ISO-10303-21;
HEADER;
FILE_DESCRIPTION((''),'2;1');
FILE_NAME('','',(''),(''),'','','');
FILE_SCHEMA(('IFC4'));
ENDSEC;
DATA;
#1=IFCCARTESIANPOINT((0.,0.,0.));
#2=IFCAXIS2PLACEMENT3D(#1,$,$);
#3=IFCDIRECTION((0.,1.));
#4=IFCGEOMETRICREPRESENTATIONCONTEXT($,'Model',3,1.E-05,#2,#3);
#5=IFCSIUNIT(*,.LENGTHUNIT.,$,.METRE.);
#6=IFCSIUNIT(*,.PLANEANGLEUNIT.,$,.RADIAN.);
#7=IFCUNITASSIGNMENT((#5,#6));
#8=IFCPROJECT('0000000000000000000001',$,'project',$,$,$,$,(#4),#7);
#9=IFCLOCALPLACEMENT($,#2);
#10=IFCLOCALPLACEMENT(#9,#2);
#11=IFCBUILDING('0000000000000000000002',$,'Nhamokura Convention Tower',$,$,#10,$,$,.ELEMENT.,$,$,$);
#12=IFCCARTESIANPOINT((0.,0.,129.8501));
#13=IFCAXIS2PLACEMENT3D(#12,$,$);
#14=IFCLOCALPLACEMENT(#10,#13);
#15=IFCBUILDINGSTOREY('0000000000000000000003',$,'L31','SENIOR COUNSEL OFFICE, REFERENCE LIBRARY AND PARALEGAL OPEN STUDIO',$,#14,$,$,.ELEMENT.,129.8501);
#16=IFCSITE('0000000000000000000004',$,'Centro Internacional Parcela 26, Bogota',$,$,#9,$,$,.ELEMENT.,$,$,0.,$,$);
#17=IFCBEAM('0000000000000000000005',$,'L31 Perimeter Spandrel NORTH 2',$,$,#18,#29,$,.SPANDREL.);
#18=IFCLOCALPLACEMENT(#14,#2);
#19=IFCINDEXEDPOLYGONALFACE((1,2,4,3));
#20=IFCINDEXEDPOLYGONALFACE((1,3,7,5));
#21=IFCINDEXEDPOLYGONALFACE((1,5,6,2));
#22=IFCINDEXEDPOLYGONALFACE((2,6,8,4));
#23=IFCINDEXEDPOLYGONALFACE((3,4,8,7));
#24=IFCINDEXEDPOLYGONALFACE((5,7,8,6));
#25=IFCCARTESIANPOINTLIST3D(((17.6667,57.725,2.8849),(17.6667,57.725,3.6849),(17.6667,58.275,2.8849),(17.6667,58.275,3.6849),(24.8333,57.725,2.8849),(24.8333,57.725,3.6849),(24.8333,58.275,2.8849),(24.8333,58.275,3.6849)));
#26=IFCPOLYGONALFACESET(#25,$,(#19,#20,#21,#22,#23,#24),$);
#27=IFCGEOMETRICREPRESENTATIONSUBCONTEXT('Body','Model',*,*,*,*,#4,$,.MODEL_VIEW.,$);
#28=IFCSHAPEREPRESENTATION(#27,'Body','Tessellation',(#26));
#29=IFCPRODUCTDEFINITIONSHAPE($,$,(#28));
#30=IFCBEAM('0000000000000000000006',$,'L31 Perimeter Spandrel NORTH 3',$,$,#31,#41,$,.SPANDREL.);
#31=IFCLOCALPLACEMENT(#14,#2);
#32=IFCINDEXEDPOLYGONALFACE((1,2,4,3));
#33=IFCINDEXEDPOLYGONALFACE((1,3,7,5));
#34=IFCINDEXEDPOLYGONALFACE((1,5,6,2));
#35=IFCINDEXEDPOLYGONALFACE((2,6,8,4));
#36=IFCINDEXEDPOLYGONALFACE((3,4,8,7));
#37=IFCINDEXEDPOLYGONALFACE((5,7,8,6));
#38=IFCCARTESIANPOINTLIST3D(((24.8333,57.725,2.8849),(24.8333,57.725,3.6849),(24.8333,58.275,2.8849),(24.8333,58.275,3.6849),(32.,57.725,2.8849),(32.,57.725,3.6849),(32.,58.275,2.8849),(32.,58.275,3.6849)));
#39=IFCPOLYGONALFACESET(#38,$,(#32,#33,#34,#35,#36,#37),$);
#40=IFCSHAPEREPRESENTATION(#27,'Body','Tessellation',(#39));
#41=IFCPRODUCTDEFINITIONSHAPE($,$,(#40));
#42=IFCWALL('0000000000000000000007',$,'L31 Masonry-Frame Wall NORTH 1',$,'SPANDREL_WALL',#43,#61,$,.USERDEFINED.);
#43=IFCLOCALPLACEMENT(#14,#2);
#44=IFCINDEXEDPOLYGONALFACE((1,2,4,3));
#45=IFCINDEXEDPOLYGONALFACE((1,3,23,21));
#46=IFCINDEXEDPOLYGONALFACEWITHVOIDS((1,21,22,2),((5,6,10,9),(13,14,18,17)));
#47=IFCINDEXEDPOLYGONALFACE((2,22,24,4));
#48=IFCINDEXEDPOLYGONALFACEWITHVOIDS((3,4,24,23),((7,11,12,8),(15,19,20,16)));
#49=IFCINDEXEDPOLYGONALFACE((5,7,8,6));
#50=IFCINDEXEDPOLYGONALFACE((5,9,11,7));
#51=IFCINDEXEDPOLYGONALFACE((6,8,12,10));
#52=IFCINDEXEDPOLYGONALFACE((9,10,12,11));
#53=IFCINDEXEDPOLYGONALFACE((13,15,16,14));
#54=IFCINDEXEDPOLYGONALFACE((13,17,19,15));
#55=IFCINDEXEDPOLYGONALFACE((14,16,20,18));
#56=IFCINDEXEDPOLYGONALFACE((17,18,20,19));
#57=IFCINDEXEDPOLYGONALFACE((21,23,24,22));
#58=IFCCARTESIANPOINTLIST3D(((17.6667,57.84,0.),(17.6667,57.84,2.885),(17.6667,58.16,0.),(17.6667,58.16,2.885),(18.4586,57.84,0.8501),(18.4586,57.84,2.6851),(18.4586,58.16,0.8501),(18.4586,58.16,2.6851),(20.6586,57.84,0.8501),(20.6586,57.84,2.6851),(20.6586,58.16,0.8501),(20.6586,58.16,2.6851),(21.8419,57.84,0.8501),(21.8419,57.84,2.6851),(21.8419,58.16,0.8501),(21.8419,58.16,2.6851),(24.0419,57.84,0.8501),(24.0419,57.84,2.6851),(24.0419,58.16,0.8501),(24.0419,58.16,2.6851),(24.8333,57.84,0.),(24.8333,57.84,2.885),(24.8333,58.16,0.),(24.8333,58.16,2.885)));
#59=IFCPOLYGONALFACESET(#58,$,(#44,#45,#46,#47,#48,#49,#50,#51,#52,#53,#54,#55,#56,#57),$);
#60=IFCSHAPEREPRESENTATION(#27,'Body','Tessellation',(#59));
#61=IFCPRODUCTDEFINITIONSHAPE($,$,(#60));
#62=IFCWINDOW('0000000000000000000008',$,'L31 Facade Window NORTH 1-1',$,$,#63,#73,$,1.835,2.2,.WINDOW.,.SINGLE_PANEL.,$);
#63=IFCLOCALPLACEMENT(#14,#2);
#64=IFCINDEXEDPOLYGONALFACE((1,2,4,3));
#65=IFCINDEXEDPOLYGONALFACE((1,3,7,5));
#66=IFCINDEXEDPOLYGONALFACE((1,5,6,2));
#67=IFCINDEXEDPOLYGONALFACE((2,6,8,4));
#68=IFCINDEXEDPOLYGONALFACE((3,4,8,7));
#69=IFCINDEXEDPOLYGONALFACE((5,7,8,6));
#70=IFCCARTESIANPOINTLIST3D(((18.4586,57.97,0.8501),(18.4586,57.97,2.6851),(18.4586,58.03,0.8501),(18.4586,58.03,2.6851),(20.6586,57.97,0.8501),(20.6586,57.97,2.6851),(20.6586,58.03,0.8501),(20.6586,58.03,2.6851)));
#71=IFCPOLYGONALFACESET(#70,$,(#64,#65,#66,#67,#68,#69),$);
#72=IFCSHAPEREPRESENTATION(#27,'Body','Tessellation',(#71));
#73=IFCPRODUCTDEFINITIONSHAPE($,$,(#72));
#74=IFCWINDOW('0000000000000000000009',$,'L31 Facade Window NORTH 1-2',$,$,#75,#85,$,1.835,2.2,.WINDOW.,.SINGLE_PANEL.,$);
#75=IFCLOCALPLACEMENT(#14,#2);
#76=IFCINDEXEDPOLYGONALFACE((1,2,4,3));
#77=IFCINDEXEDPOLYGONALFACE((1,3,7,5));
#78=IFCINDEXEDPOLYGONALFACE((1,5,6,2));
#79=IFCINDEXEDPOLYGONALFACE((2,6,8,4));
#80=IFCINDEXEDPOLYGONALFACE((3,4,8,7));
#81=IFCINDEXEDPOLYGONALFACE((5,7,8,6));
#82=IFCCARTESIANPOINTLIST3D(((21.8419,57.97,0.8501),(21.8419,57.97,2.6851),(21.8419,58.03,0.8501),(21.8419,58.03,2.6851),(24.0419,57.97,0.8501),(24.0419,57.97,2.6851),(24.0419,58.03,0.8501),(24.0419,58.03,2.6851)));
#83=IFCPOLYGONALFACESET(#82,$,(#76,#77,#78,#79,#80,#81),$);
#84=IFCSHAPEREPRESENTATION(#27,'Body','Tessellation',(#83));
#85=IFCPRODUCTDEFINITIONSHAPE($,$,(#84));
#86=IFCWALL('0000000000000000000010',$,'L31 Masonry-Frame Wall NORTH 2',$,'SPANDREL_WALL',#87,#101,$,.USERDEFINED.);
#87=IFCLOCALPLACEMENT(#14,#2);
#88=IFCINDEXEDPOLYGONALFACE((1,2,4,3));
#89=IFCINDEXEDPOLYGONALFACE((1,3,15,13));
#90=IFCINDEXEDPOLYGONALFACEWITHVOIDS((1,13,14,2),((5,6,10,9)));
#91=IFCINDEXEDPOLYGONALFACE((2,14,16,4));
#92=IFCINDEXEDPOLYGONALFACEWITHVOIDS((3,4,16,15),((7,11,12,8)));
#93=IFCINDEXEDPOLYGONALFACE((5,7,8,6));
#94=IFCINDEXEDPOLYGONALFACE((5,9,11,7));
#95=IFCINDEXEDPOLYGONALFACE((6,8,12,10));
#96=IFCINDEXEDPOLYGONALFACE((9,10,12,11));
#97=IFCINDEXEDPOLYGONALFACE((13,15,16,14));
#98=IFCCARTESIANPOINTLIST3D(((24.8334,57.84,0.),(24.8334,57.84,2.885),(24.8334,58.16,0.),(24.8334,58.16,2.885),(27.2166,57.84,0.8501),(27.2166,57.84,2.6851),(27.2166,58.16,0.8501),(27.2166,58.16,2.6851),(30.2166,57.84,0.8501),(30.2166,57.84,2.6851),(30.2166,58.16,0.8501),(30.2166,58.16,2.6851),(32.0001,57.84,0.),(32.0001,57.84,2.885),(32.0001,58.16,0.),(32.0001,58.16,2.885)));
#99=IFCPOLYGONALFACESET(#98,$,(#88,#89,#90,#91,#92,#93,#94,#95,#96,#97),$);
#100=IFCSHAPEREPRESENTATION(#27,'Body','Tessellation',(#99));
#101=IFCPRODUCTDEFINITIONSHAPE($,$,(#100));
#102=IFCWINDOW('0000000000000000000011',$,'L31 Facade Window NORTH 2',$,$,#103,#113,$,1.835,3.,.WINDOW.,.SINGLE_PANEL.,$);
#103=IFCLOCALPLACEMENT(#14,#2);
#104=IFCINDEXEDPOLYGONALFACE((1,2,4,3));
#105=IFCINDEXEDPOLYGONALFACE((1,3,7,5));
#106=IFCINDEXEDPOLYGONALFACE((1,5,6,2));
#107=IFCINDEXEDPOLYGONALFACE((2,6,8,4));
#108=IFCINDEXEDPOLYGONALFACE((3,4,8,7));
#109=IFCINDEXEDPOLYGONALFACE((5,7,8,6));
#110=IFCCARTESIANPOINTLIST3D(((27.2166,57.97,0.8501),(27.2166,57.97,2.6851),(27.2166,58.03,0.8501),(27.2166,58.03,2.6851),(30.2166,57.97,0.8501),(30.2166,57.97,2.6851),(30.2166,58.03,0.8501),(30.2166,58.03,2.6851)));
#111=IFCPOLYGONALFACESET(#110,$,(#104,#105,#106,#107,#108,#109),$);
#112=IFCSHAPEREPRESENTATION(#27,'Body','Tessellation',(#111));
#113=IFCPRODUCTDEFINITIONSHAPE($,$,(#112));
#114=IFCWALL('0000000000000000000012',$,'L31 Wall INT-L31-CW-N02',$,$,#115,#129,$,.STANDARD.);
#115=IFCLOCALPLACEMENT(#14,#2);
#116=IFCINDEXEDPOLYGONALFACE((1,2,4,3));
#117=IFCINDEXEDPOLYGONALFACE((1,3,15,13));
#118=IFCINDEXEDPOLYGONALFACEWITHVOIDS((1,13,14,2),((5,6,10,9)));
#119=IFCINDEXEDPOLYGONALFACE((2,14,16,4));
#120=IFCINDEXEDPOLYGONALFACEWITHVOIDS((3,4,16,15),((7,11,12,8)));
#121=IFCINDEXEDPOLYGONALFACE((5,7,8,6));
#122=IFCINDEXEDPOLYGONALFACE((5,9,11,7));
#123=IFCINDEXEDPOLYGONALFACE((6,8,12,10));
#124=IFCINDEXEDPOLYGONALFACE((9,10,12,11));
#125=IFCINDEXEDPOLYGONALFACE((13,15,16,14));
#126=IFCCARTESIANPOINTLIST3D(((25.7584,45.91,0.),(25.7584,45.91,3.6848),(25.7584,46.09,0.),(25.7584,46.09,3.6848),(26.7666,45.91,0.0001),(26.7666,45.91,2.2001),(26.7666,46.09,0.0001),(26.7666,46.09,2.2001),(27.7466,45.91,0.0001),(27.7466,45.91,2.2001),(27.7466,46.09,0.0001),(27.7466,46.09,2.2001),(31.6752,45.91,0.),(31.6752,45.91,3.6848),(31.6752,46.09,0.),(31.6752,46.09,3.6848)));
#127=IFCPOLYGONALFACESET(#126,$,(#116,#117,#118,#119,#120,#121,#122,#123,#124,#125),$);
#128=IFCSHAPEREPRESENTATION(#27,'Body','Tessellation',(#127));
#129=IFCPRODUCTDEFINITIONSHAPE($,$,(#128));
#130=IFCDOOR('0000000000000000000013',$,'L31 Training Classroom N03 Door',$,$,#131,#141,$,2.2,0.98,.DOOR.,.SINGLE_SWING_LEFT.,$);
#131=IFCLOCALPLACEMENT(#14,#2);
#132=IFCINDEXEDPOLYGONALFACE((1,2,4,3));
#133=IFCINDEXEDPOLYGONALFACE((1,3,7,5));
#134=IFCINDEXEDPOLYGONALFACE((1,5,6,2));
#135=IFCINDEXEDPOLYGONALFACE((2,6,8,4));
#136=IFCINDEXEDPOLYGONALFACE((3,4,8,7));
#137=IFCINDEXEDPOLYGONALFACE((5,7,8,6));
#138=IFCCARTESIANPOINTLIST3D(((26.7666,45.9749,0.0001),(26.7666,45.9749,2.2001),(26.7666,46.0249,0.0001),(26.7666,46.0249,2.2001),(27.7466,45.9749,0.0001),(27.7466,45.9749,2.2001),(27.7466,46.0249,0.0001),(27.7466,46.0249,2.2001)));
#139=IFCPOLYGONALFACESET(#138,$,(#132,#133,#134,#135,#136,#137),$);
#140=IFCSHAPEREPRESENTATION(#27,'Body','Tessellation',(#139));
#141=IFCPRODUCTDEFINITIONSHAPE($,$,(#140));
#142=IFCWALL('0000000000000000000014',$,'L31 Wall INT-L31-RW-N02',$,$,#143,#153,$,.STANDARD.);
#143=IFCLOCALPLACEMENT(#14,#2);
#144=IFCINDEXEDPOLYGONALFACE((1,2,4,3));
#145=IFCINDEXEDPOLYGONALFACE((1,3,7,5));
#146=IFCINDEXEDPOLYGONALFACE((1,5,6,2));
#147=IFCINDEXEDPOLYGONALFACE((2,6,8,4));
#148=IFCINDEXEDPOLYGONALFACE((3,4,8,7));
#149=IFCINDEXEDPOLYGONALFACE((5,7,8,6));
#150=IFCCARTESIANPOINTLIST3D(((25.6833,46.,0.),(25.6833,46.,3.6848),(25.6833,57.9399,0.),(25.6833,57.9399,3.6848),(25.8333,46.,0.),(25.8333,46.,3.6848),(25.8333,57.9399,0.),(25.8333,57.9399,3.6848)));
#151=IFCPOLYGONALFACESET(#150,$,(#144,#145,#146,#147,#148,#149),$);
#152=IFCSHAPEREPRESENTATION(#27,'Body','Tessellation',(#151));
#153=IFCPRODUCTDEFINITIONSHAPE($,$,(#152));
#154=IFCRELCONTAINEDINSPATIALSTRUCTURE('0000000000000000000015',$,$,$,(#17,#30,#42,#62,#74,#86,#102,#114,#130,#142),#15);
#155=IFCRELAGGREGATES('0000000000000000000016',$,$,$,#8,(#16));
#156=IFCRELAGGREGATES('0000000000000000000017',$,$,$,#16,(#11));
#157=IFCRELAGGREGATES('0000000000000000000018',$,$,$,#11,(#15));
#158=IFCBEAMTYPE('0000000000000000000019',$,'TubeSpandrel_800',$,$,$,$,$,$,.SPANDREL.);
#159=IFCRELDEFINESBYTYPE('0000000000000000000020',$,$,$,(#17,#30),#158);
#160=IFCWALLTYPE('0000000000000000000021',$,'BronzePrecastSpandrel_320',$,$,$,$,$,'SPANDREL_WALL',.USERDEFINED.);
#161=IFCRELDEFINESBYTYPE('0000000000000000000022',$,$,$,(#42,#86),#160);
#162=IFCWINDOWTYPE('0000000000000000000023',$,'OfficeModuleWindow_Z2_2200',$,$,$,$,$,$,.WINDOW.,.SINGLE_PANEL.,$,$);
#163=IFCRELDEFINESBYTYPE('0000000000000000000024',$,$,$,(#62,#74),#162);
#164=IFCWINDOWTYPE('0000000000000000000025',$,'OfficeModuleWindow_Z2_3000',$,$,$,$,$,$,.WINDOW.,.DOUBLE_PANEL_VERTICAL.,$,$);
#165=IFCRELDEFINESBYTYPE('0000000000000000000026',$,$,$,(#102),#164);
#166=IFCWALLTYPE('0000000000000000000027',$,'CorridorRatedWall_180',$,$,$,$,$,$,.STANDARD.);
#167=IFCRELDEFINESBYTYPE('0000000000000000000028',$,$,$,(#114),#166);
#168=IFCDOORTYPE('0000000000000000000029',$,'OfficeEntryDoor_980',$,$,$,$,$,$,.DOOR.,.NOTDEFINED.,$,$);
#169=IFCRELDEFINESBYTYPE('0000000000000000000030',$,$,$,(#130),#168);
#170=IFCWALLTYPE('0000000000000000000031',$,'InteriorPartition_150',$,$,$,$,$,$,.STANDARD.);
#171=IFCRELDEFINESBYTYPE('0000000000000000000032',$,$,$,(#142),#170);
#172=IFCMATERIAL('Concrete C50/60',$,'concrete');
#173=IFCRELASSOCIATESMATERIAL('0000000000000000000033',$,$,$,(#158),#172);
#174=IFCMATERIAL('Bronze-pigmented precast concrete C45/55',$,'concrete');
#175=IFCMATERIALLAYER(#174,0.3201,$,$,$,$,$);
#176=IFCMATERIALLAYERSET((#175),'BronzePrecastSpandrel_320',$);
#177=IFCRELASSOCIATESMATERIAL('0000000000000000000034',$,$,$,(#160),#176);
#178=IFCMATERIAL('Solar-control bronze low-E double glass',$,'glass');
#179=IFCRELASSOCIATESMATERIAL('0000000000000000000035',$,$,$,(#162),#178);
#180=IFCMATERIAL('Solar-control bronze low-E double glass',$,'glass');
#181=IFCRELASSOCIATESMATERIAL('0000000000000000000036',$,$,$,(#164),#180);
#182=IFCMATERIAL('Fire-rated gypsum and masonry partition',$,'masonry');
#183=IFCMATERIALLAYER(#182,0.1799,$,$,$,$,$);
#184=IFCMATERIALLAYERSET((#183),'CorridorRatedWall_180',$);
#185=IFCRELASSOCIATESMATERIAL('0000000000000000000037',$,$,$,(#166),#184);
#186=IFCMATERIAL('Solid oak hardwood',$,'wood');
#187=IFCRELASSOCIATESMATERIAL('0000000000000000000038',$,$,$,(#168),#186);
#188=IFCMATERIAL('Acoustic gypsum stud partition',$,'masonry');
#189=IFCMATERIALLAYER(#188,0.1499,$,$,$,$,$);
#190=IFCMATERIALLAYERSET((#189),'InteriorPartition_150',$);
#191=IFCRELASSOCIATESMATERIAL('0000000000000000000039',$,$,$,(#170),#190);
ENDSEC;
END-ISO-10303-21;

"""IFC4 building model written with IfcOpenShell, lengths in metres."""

from ifc_helpers import new_model, si_unit, direction, frame, frame_2d, origin, origin_2d, place, context, subcontext, project, spatial, rectangle, extrude, material, layer, layer_set, material_profile, profile_set, type_object, element, fill, save


model = new_model("IFC4")

# Units and contexts
model_context = context("Model", 3, precision=1e-05, world=origin(), true_north=direction((0.0, 1.0)))
body_context = subcontext(model_context, "Body", "Model", "MODEL_VIEW")
ifc_project = project(units=[si_unit("LENGTHUNIT", "METRE"), si_unit("PLANEANGLEUNIT", "RADIAN")], contexts=[model_context])

# Site, building, storey
site_placement = place(None, origin())
site = spatial("IfcSite", under=ifc_project, at=site_placement, Name="Centro Internacional Parcela 26, Bogota", CompositionType="ELEMENT", RefElevation=0.0)
building_placement = place(site_placement, origin())
building = spatial("IfcBuilding", under=site, at=building_placement, Name="Nhamokura Convention Tower", CompositionType="ELEMENT")
storey_placement = place(building_placement, frame((0.0, 0.0, 129.8501)))
storey = spatial("IfcBuildingStorey", under=building, at=storey_placement, Name="L31", Description="SENIOR COUNSEL OFFICE, REFERENCE LIBRARY AND PARALEGAL OPEN STUDIO", CompositionType="ELEMENT", Elevation=129.8501)

# Beams
ifc_material_1 = material(Name="Concrete C50/60", Category="concrete")
ifc_material_profile_1 = material_profile(ifc_material_1, rectangle(XDim=0.55, YDim=0.8, at=origin_2d()))
ifc_profile_set_1 = profile_set([ifc_material_profile_1], Name="Concrete C50/60")
beam_type_1 = type_object("IfcBeamType", Name="TubeSpandrel_800", PredefinedType="SPANDREL", material=ifc_profile_set_1)
beam_1_placement = place(storey_placement, frame((17.6667, 58.0, 3.2849), z_axis=(1.0, 0.0, 0.0), x_axis=(0.0, 1.0, 0.0)))
element("IfcBeam", 1, at=beam_1_placement, inside=storey, type_object=beam_type_1, Name="L31 Perimeter Spandrel NORTH 2", PredefinedType="SPANDREL", context=body_context, shape_type="SweptSolid", body=[
    extrude(rectangle(XDim=0.55, YDim=0.8, at=origin_2d()), origin(), (0.0, 0.0, 1.0), 7.1665),
])
beam_2_placement = place(storey_placement, frame((24.8333, 58.0, 3.2849), z_axis=(1.0, 0.0, 0.0), x_axis=(0.0, 1.0, 0.0)))
element("IfcBeam", 2, at=beam_2_placement, inside=storey, type_object=beam_type_1, Name="L31 Perimeter Spandrel NORTH 3", PredefinedType="SPANDREL", context=body_context, shape_type="SweptSolid", body=[
    extrude(rectangle(XDim=0.55, YDim=0.8, at=origin_2d()), origin(), (0.0, 0.0, 1.0), 7.1667),
])

# Wall, openings, windows
ifc_material_2 = material(Name="Bronze-pigmented precast concrete C45/55", Category="concrete")
ifc_layer_1 = layer(ifc_material_2, 0.3201)
ifc_layer_set_1 = layer_set([ifc_layer_1], Name="BronzePrecastSpandrel_320")
wall_type_1 = type_object("IfcWallType", Name="BronzePrecastSpandrel_320", ElementType="SPANDREL_WALL", PredefinedType="USERDEFINED", material=ifc_layer_set_1)
wall_1_placement = place(storey_placement, frame((17.6667, 58.0, 0.0), z_axis=(0.0, 0.0, 1.0), x_axis=(1.0, 0.0, 0.0)))
wall_1 = element("IfcWall", 3, at=wall_1_placement, inside=storey, type_object=wall_type_1, Name="L31 Masonry-Frame Wall NORTH 1", ObjectType="SPANDREL_WALL", PredefinedType="USERDEFINED", context=body_context, shape_type="SweptSolid", body=[
    extrude(rectangle(XDim=7.1665, YDim=0.3201, at=frame_2d((3.5833, 0.0))), origin(), (0.0, 0.0, 1.0), 2.885),
])
opening_1_placement = place(wall_1_placement, frame((0.7917, 0.0, 0.8501)))
opening_1 = element("IfcOpeningElement", 4, at=opening_1_placement, cuts=wall_1, PredefinedType="OPENING", context=body_context, shape_type="SweptSolid", body=[
    extrude(rectangle(XDim=2.2, YDim=1.835, at=frame_2d((1.1001, 0.9175))), frame((0.0, 0.1699, 0.0), z_axis=(0.0, -1.0, 0.0), x_axis=(1.0, 0.0, 0.0)), (0.0, 0.0, 1.0), 0.3401),
])
opening_2_placement = place(wall_1_placement, frame((4.175, 0.0, 0.8501)))
opening_2 = element("IfcOpeningElement", 5, at=opening_2_placement, cuts=wall_1, PredefinedType="OPENING", context=body_context, shape_type="SweptSolid", body=[
    extrude(rectangle(XDim=2.2, YDim=1.835, at=frame_2d((1.1001, 0.9175))), frame((0.0, 0.1699, 0.0), z_axis=(0.0, -1.0, 0.0), x_axis=(1.0, 0.0, 0.0)), (0.0, 0.0, 1.0), 0.3401),
])
ifc_material_3 = material(Name="Solar-control bronze low-E double glass", Category="glass")
window_type_1 = type_object("IfcWindowType", Name="OfficeModuleWindow_Z2_2200", PartitioningType="SINGLE_PANEL", PredefinedType="WINDOW", material=ifc_material_3)
window_1_placement = place(opening_1_placement, origin())
window_1 = element("IfcWindow", 6, at=window_1_placement, inside=storey, type_object=window_type_1, Name="L31 Facade Window NORTH 1-1", OverallHeight=1.835, OverallWidth=2.2, PartitioningType="SINGLE_PANEL", PredefinedType="WINDOW", context=body_context, shape_type="SweptSolid", body=[
    extrude(rectangle(XDim=2.2, YDim=1.835, at=frame_2d((1.1001, 0.9175))), frame((0.0, 0.03, 0.0), z_axis=(0.0, -1.0, 0.0), x_axis=(1.0, 0.0, 0.0)), (0.0, 0.0, 1.0), 0.0601),
])
fill(opening_1, window_1)
window_2_placement = place(opening_2_placement, origin())
window_2 = element("IfcWindow", 7, at=window_2_placement, inside=storey, type_object=window_type_1, Name="L31 Facade Window NORTH 1-2", OverallHeight=1.835, OverallWidth=2.2, PartitioningType="SINGLE_PANEL", PredefinedType="WINDOW", context=body_context, shape_type="SweptSolid", body=[
    extrude(rectangle(XDim=2.2, YDim=1.835, at=frame_2d((1.1001, 0.9175))), frame((0.0, 0.03, 0.0), z_axis=(0.0, -1.0, 0.0), x_axis=(1.0, 0.0, 0.0)), (0.0, 0.0, 1.0), 0.0601),
])
fill(opening_2, window_2)

# Wall, opening, window
wall_2_placement = place(storey_placement, frame((24.8333, 58.0, 0.0), z_axis=(0.0, 0.0, 1.0), x_axis=(1.0, 0.0, 0.0)))
wall_2 = element("IfcWall", 8, at=wall_2_placement, inside=storey, type_object=wall_type_1, Name="L31 Masonry-Frame Wall NORTH 2", ObjectType="SPANDREL_WALL", PredefinedType="USERDEFINED", context=body_context, shape_type="SweptSolid", body=[
    extrude(rectangle(XDim=7.1667, YDim=0.3201, at=frame_2d((3.5835, 0.0))), origin(), (0.0, 0.0, 1.0), 2.885),
])
opening_3_placement = place(wall_2_placement, frame((2.3833, 0.0, 0.8501)))
opening_3 = element("IfcOpeningElement", 9, at=opening_3_placement, cuts=wall_2, PredefinedType="OPENING", context=body_context, shape_type="SweptSolid", body=[
    extrude(rectangle(XDim=3.0, YDim=1.835, at=frame_2d((1.5, 0.9175))), frame((0.0, 0.1699, 0.0), z_axis=(0.0, -1.0, 0.0), x_axis=(1.0, 0.0, 0.0)), (0.0, 0.0, 1.0), 0.3401),
])
ifc_material_4 = material(Name="Solar-control bronze low-E double glass", Category="glass")
window_type_2 = type_object("IfcWindowType", Name="OfficeModuleWindow_Z2_3000", PartitioningType="DOUBLE_PANEL_VERTICAL", PredefinedType="WINDOW", material=ifc_material_4)
window_3_placement = place(opening_3_placement, origin())
window_3 = element("IfcWindow", 10, at=window_3_placement, inside=storey, type_object=window_type_2, Name="L31 Facade Window NORTH 2", OverallHeight=1.835, OverallWidth=3.0, PartitioningType="SINGLE_PANEL", PredefinedType="WINDOW", context=body_context, shape_type="SweptSolid", body=[
    extrude(rectangle(XDim=3.0, YDim=1.835, at=frame_2d((1.5, 0.9175))), frame((0.0, 0.03, 0.0), z_axis=(0.0, -1.0, 0.0), x_axis=(1.0, 0.0, 0.0)), (0.0, 0.0, 1.0), 0.0601),
])
fill(opening_3, window_3)

# Wall, opening, door
ifc_material_5 = material(Name="Fire-rated gypsum and masonry partition", Category="masonry")
ifc_layer_2 = layer(ifc_material_5, 0.1799)
ifc_layer_set_2 = layer_set([ifc_layer_2], Name="CorridorRatedWall_180")
wall_type_2 = type_object("IfcWallType", Name="CorridorRatedWall_180", PredefinedType="STANDARD", material=ifc_layer_set_2)
wall_3_placement = place(storey_placement, frame((25.7583, 46.0, 0.0), z_axis=(0.0, 0.0, 1.0), x_axis=(1.0, 0.0, 0.0)))
wall_3 = element("IfcWall", 11, at=wall_3_placement, inside=storey, type_object=wall_type_2, Name="L31 Wall INT-L31-CW-N02", PredefinedType="STANDARD", context=body_context, shape_type="SweptSolid", body=[
    extrude(rectangle(XDim=5.9167, YDim=0.1799, at=frame_2d((2.9585, 0.0))), origin(), (0.0, 0.0, 1.0), 3.6848),
])
opening_4_placement = place(wall_3_placement, frame((1.0083, 0.0, 0.0)))
opening_4 = element("IfcOpeningElement", 12, at=opening_4_placement, cuts=wall_3, PredefinedType="OPENING", context=body_context, shape_type="SweptSolid", body=[
    extrude(rectangle(XDim=0.98, YDim=2.2, at=frame_2d((0.49, 1.1001))), frame((0.0, 0.0999, 0.0), z_axis=(0.0, -1.0, 0.0), x_axis=(1.0, 0.0, 0.0)), (0.0, 0.0, 1.0), 0.2),
])
ifc_material_6 = material(Name="Solid oak hardwood", Category="wood")
door_type = type_object("IfcDoorType", Name="OfficeEntryDoor_980", OperationType="NOTDEFINED", PredefinedType="DOOR", material=ifc_material_6)
door_placement = place(opening_4_placement, origin())
door = element("IfcDoor", 13, at=door_placement, inside=storey, type_object=door_type, Name="L31 Training Classroom N03 Door", OperationType="SINGLE_SWING_LEFT", OverallHeight=2.2, OverallWidth=0.98, PredefinedType="DOOR", context=body_context, shape_type="SweptSolid", body=[
    extrude(rectangle(XDim=0.98, YDim=2.2, at=frame_2d((0.49, 1.1001))), frame((0.0, 0.0249, 0.0), z_axis=(0.0, -1.0, 0.0), x_axis=(1.0, 0.0, 0.0)), (0.0, 0.0, 1.0), 0.05),
])
fill(opening_4, door)

# Wall
ifc_material_7 = material(Name="Acoustic gypsum stud partition", Category="masonry")
ifc_layer_3 = layer(ifc_material_7, 0.1499)
ifc_layer_set_3 = layer_set([ifc_layer_3], Name="InteriorPartition_150")
wall_type_3 = type_object("IfcWallType", Name="InteriorPartition_150", PredefinedType="STANDARD", material=ifc_layer_set_3)
wall_4_placement = place(storey_placement, frame((25.7583, 46.0, 0.0), z_axis=(0.0, 0.0, 1.0), x_axis=(0.0, 1.0, 0.0)))
element("IfcWall", 14, at=wall_4_placement, inside=storey, type_object=wall_type_3, Name="L31 Wall INT-L31-RW-N02", PredefinedType="STANDARD", context=body_context, shape_type="SweptSolid", body=[
    extrude(rectangle(XDim=11.9399, YDim=0.1499, at=frame_2d((5.97, 0.0))), origin(), (0.0, 0.0, 1.0), 3.6848),
])

save(model, "model.ifc")
